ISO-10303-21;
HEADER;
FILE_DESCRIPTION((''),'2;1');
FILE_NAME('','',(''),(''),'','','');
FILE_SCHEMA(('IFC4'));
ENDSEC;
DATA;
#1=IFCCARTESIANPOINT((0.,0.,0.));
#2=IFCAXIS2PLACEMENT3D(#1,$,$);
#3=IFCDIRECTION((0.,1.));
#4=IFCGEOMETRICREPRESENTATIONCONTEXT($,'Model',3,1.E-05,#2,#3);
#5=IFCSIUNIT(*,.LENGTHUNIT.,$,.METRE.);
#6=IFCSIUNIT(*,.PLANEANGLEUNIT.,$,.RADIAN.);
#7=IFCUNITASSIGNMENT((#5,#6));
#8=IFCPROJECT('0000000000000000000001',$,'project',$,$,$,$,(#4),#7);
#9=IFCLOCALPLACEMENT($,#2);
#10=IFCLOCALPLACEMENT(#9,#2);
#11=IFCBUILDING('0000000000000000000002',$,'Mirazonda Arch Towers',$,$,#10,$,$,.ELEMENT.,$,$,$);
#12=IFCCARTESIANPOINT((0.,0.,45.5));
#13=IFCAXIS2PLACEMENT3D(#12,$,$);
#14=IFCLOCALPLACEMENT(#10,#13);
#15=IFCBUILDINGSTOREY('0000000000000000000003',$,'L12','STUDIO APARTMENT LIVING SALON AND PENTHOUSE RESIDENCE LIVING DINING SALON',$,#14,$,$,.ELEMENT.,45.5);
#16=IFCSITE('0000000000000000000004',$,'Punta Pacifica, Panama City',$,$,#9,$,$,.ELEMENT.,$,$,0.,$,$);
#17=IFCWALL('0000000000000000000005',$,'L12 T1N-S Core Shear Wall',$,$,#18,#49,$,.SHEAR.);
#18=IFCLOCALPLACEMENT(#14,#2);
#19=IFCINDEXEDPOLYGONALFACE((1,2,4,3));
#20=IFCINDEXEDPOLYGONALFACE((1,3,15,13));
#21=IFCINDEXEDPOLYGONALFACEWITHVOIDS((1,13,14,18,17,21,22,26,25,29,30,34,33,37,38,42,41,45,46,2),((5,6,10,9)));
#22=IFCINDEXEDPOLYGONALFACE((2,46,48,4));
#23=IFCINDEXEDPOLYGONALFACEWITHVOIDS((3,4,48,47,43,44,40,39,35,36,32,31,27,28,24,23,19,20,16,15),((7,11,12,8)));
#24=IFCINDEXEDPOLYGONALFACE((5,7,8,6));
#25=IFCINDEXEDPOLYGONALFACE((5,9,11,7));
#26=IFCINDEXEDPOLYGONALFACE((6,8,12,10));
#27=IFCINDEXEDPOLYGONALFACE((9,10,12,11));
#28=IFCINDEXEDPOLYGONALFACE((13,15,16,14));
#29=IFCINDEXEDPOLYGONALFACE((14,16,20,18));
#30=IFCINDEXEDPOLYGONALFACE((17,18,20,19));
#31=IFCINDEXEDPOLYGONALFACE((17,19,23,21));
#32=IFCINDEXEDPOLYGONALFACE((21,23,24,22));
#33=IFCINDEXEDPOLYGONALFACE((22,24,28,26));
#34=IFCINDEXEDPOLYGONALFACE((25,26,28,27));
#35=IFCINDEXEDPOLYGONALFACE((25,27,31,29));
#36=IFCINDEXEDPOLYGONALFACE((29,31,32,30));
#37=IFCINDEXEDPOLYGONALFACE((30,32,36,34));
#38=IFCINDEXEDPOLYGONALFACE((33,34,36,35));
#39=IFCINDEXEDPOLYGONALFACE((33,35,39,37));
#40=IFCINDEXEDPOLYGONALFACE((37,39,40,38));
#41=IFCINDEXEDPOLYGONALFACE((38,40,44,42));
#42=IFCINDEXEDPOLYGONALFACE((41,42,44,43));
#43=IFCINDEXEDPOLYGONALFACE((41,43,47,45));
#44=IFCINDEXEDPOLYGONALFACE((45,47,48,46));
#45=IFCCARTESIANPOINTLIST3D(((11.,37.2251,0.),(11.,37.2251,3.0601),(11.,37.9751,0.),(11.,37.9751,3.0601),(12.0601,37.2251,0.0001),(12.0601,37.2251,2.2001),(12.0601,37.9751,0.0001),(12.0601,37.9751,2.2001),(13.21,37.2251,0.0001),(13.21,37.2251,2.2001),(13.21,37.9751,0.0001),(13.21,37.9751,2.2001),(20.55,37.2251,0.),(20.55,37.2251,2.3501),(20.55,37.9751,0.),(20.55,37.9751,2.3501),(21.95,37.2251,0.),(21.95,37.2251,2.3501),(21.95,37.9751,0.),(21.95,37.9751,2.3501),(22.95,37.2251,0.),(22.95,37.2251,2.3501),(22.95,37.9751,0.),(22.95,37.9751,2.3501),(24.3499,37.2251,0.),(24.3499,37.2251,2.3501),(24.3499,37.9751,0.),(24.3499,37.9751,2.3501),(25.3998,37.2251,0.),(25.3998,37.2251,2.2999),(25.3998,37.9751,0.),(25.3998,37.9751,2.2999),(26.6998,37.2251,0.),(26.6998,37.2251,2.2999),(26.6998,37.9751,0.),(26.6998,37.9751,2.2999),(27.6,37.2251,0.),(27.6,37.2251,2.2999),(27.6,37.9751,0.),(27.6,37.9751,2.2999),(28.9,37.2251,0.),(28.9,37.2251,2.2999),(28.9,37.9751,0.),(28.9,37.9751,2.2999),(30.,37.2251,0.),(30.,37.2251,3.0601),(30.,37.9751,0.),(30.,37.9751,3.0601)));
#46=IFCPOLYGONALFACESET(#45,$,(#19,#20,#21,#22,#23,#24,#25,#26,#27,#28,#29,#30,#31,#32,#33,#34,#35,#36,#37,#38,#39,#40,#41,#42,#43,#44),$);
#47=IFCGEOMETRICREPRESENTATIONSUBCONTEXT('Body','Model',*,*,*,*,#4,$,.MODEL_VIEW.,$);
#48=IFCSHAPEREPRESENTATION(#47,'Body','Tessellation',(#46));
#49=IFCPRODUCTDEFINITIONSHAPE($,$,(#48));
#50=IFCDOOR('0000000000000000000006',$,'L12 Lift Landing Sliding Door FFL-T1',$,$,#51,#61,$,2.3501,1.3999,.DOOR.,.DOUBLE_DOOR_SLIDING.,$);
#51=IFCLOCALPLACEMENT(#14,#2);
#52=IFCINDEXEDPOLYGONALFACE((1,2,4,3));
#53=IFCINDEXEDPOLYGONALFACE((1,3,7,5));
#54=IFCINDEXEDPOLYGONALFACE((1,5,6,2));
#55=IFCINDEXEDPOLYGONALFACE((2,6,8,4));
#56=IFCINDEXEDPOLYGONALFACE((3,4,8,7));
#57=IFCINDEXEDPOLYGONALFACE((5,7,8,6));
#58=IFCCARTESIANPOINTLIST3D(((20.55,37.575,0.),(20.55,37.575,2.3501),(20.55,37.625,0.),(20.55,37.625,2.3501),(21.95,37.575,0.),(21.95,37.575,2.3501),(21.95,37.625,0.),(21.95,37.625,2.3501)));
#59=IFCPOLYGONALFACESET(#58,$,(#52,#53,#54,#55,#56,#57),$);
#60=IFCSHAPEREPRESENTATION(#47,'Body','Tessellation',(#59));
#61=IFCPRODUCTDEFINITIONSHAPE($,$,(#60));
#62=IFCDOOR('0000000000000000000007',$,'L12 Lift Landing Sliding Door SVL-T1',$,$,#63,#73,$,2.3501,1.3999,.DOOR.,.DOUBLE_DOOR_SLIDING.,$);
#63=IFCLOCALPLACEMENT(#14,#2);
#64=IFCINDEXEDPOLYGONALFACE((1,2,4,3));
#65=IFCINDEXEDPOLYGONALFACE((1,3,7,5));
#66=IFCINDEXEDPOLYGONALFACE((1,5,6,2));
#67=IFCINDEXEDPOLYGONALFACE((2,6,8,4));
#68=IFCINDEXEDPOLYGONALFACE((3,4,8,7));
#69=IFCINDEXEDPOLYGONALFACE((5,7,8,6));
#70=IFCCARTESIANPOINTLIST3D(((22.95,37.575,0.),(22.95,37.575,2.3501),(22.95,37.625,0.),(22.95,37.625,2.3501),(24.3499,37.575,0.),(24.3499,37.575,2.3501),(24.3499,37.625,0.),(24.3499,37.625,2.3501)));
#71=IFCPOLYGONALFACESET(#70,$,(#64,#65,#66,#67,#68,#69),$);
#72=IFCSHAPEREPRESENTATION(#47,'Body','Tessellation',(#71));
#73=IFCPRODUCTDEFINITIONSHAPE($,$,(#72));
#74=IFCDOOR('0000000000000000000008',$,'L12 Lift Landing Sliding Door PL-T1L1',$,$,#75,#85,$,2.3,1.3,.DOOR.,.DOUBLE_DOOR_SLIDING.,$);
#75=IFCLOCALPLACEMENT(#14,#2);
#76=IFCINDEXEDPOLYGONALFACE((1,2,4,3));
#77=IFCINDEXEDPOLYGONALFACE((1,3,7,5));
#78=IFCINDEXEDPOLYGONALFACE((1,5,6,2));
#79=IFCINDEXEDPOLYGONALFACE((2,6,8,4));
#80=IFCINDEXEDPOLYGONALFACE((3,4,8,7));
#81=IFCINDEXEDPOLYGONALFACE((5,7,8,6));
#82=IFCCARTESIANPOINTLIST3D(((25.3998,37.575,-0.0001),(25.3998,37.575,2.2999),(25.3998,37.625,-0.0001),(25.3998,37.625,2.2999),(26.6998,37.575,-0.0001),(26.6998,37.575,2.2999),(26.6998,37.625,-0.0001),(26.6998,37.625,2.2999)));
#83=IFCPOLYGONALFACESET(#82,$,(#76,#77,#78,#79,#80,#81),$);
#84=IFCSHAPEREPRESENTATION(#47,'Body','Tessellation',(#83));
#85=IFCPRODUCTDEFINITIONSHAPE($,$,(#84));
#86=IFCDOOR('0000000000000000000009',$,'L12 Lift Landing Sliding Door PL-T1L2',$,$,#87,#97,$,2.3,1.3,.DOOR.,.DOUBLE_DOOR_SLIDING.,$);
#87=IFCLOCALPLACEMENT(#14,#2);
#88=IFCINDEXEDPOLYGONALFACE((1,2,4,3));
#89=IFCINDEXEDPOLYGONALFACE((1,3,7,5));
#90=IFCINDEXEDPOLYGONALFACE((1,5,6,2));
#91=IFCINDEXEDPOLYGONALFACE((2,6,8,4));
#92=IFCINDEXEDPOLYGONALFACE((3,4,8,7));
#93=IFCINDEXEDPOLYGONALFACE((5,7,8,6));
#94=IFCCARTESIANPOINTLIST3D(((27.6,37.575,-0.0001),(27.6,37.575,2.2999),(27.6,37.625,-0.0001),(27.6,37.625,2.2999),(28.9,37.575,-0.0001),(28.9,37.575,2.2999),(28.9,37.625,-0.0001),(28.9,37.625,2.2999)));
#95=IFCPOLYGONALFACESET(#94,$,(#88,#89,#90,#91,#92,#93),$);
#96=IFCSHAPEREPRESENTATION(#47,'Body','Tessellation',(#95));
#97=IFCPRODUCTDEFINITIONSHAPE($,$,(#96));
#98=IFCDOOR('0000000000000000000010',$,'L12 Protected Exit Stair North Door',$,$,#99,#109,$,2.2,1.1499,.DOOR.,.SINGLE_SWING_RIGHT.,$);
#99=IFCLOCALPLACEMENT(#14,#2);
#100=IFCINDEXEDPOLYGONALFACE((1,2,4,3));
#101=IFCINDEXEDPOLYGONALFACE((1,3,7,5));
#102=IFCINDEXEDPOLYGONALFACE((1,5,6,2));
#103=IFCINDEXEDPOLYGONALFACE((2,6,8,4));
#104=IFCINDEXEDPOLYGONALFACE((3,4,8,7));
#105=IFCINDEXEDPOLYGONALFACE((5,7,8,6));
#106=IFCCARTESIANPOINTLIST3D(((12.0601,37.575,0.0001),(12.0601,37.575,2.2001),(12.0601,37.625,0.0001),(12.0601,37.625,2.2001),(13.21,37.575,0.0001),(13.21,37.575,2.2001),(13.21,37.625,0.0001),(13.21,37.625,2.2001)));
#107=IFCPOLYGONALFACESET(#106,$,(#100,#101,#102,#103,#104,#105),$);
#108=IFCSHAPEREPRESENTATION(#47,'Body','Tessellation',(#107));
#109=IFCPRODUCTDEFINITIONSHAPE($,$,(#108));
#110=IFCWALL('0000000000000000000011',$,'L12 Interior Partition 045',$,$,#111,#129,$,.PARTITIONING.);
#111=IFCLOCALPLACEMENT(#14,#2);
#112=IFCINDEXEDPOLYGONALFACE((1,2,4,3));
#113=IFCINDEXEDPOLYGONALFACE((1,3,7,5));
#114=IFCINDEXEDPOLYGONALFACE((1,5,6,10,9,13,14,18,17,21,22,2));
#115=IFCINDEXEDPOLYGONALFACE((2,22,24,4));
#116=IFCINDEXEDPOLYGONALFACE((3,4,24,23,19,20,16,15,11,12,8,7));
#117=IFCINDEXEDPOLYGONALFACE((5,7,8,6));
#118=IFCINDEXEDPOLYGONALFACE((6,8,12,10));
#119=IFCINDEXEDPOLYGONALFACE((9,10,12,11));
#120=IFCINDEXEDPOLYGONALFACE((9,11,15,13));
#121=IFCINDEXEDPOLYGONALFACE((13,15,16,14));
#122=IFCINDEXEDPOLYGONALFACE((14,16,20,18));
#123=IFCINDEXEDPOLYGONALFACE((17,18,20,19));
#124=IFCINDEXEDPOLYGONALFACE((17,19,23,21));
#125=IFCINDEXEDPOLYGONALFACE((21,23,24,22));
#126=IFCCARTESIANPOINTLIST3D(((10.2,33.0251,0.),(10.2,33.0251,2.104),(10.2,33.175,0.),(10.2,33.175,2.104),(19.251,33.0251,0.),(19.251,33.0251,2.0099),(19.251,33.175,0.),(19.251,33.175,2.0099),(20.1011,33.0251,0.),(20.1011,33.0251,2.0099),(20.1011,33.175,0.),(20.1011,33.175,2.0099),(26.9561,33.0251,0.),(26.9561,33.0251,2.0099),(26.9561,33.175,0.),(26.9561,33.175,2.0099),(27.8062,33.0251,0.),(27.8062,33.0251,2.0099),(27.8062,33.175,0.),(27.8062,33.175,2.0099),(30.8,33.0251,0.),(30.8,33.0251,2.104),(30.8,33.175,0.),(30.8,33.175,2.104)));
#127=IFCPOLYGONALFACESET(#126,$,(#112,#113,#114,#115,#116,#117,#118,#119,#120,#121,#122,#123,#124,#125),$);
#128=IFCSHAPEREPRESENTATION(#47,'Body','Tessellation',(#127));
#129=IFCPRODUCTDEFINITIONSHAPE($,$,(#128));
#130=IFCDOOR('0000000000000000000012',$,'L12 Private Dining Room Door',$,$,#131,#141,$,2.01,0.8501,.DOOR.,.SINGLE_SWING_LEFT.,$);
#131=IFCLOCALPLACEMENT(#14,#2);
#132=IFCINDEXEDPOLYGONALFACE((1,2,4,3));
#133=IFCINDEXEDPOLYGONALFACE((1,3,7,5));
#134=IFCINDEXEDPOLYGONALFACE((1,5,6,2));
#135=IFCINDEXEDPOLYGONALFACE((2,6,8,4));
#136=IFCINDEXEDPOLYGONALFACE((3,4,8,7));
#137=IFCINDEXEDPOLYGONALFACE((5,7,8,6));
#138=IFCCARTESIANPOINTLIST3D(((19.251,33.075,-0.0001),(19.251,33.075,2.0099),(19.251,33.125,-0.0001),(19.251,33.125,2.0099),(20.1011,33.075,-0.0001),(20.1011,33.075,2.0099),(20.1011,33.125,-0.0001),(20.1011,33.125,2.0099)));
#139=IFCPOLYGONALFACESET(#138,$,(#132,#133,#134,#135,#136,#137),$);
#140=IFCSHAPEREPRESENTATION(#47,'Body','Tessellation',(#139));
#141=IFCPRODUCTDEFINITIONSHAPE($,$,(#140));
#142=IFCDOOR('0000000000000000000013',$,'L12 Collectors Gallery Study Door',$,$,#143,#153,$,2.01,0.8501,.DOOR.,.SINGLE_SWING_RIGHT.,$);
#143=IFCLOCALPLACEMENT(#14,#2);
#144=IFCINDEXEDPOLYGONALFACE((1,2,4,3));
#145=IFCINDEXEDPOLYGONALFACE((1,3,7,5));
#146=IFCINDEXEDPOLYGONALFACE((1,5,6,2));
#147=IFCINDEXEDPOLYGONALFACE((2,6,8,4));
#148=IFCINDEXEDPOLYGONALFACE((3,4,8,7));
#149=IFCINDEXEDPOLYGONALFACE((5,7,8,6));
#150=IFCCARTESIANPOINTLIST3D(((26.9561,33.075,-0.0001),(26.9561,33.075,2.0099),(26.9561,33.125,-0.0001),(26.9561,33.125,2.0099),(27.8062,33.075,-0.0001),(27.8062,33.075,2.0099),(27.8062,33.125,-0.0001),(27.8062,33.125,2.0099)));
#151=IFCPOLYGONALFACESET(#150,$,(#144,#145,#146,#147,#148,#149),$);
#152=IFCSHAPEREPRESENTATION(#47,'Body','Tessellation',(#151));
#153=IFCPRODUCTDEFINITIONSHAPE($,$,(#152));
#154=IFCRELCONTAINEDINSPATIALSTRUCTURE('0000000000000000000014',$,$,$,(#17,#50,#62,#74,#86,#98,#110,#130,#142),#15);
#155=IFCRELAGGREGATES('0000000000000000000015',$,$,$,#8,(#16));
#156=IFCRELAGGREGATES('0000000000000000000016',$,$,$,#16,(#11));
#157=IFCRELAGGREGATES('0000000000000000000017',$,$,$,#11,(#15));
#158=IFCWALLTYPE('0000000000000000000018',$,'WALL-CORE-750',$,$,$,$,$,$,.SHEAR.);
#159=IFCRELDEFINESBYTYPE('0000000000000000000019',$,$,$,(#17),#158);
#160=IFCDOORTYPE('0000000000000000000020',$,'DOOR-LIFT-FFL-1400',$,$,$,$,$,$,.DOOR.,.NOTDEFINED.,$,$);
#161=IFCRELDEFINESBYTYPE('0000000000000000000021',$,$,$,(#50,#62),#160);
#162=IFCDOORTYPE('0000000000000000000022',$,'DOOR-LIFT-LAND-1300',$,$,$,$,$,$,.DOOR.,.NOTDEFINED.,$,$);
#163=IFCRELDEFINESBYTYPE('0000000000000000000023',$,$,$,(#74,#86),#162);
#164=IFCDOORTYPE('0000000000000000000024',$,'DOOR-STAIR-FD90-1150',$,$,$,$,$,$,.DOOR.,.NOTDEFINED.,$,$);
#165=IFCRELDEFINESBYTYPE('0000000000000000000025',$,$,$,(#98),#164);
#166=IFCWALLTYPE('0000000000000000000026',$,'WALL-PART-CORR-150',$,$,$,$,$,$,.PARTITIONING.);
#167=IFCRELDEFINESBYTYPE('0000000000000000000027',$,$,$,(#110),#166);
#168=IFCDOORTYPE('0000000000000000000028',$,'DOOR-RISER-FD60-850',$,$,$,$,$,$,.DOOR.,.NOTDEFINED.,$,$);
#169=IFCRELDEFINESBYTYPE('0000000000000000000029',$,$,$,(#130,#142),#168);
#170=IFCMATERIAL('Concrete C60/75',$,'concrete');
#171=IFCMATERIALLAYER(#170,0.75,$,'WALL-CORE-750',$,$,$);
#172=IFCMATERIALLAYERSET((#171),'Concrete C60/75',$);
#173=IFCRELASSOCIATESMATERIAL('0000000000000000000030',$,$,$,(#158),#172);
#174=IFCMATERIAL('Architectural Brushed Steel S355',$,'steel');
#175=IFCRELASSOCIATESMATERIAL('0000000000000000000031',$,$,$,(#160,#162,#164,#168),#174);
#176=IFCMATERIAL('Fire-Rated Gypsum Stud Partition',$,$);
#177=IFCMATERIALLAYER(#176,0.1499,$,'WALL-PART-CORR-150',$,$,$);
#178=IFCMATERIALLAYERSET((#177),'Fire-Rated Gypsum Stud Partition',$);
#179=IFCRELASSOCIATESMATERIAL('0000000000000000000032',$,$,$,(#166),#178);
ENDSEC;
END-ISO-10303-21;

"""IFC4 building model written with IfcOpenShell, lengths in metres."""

from ifc_helpers import new_model, si_unit, direction, frame, frame_2d, origin, place, context, subcontext, project, spatial, rectangle, extrude, material, layer, layer_set, type_object, element, fill, save


model = new_model("IFC4")

# Units and contexts
model_context = context("Model", 3, precision=1e-05, world=origin(), true_north=direction((0.0, 1.0)))
body_context = subcontext(model_context, "Body", "Model", "MODEL_VIEW")
ifc_project = project(units=[si_unit("LENGTHUNIT", "METRE"), si_unit("PLANEANGLEUNIT", "RADIAN")], contexts=[model_context])

# Site, building, storey
site_placement = place(None, origin())
site = spatial("IfcSite", under=ifc_project, at=site_placement, Name="Punta Pacifica, Panama City", CompositionType="ELEMENT", RefElevation=0.0)
building_placement = place(site_placement, origin())
building = spatial("IfcBuilding", under=site, at=building_placement, Name="Mirazonda Arch Towers", CompositionType="ELEMENT")
storey_placement = place(building_placement, frame((0.0, 0.0, 45.5)))
storey = spatial("IfcBuildingStorey", under=building, at=storey_placement, Name="L12", Description="STUDIO APARTMENT LIVING SALON AND PENTHOUSE RESIDENCE LIVING DINING SALON", CompositionType="ELEMENT", Elevation=45.5)

# Shared definitions
ifc_material_1 = material(Name="Concrete C60/75", Category="concrete")

# Shared definitions
ifc_layer_1 = layer(ifc_material_1, 0.75, Name="WALL-CORE-750")
ifc_layer_set_1 = layer_set([ifc_layer_1], Name="Concrete C60/75")
wall_type_1 = type_object("IfcWallType", Name="WALL-CORE-750", PredefinedType="SHEAR", material=ifc_layer_set_1)

# Walls, openings, doors
wall_1_placement = place(storey_placement, frame((11.0, 37.6001, 0.0), z_axis=(0.0, 0.0, 1.0), x_axis=(1.0, 0.0, 0.0)))
wall_1 = element("IfcWall", 1, at=wall_1_placement, inside=storey, type_object=wall_type_1, Name="L12 T1N-S Core Shear Wall", PredefinedType="SHEAR", context=body_context, shape_type="SweptSolid", body=[
    extrude(rectangle(XDim=19.0, YDim=0.75, at=frame_2d((9.5, 0.0))), origin(), (0.0, 0.0, 1.0), 3.0601),
])
opening_1_placement = place(wall_1_placement, frame((1.0601, 0.0, 0.0)))
opening_1 = element("IfcOpeningElement", 2, at=opening_1_placement, cuts=wall_1, PredefinedType="OPENING", context=body_context, shape_type="SweptSolid", body=[
    extrude(rectangle(XDim=1.1499, YDim=2.2, at=frame_2d((0.575, 1.1001))), frame((0.0, 0.385, 0.0), z_axis=(0.0, -1.0, 0.0), x_axis=(1.0, 0.0, 0.0)), (0.0, 0.0, 1.0), 0.77),
])
opening_2_placement = place(wall_1_placement, frame((9.55, 0.0, 0.0)))
opening_2 = element("IfcOpeningElement", 3, at=opening_2_placement, cuts=wall_1, PredefinedType="OPENING", context=body_context, shape_type="SweptSolid", body=[
    extrude(rectangle(XDim=1.3999, YDim=2.3501, at=frame_2d((0.7, 1.175))), frame((0.0, 0.385, 0.0), z_axis=(0.0, -1.0, 0.0), x_axis=(1.0, 0.0, 0.0)), (0.0, 0.0, 1.0), 0.77),
])
opening_3_placement = place(wall_1_placement, frame((11.95, 0.0, 0.0)))
opening_3 = element("IfcOpeningElement", 4, at=opening_3_placement, cuts=wall_1, PredefinedType="OPENING", context=body_context, shape_type="SweptSolid", body=[
    extrude(rectangle(XDim=1.3999, YDim=2.3501, at=frame_2d((0.7, 1.175))), frame((0.0, 0.385, 0.0), z_axis=(0.0, -1.0, 0.0), x_axis=(1.0, 0.0, 0.0)), (0.0, 0.0, 1.0), 0.77),
])
opening_4_placement = place(wall_1_placement, frame((14.3999, 0.0, 0.0)))
opening_4 = element("IfcOpeningElement", 5, at=opening_4_placement, cuts=wall_1, PredefinedType="OPENING", context=body_context, shape_type="SweptSolid", body=[
    extrude(rectangle(XDim=1.3, YDim=2.3, at=frame_2d((0.6499, 1.1499))), frame((0.0, 0.385, 0.0), z_axis=(0.0, -1.0, 0.0), x_axis=(1.0, 0.0, 0.0)), (0.0, 0.0, 1.0), 0.77),
])
opening_5_placement = place(wall_1_placement, frame((16.6001, 0.0, 0.0)))
opening_5 = element("IfcOpeningElement", 6, at=opening_5_placement, cuts=wall_1, PredefinedType="OPENING", context=body_context, shape_type="SweptSolid", body=[
    extrude(rectangle(XDim=1.3, YDim=2.3, at=frame_2d((0.6499, 1.1499))), frame((0.0, 0.385, 0.0), z_axis=(0.0, -1.0, 0.0), x_axis=(1.0, 0.0, 0.0)), (0.0, 0.0, 1.0), 0.77),
])
ifc_material_2 = material(Name="Architectural Brushed Steel S355", Category="steel")
door_type_1 = type_object("IfcDoorType", Name="DOOR-LIFT-FFL-1400", OperationType="NOTDEFINED", PredefinedType="DOOR", material=ifc_material_2)
door_1_placement = place(opening_2_placement, origin())
door_1 = element("IfcDoor", 7, at=door_1_placement, inside=storey, type_object=door_type_1, Name="L12 Lift Landing Sliding Door FFL-T1", OperationType="DOUBLE_DOOR_SLIDING", OverallHeight=2.3501, OverallWidth=1.3999, PredefinedType="DOOR", context=body_context, shape_type="SweptSolid", body=[
    extrude(rectangle(XDim=1.3999, YDim=2.3501, at=frame_2d((0.7, 1.175))), frame((0.0, 0.0249, 0.0), z_axis=(0.0, -1.0, 0.0), x_axis=(1.0, 0.0, 0.0)), (0.0, 0.0, 1.0), 0.05),
])
fill(opening_2, door_1)
door_2_placement = place(opening_3_placement, origin())
door_2 = element("IfcDoor", 8, at=door_2_placement, inside=storey, type_object=door_type_1, Name="L12 Lift Landing Sliding Door SVL-T1", OperationType="DOUBLE_DOOR_SLIDING", OverallHeight=2.3501, OverallWidth=1.3999, PredefinedType="DOOR", context=body_context, shape_type="SweptSolid", body=[
    extrude(rectangle(XDim=1.3999, YDim=2.3501, at=frame_2d((0.7, 1.175))), frame((0.0, 0.0249, 0.0), z_axis=(0.0, -1.0, 0.0), x_axis=(1.0, 0.0, 0.0)), (0.0, 0.0, 1.0), 0.05),
])
fill(opening_3, door_2)
door_type_2 = type_object("IfcDoorType", Name="DOOR-LIFT-LAND-1300", OperationType="NOTDEFINED", PredefinedType="DOOR", material=ifc_material_2)
door_3_placement = place(opening_4_placement, origin())
door_3 = element("IfcDoor", 9, at=door_3_placement, inside=storey, type_object=door_type_2, Name="L12 Lift Landing Sliding Door PL-T1L1", OperationType="DOUBLE_DOOR_SLIDING", OverallHeight=2.3, OverallWidth=1.3, PredefinedType="DOOR", context=body_context, shape_type="SweptSolid", body=[
    extrude(rectangle(XDim=1.3, YDim=2.3, at=frame_2d((0.6499, 1.1499))), frame((0.0, 0.0249, 0.0), z_axis=(0.0, -1.0, 0.0), x_axis=(1.0, 0.0, 0.0)), (0.0, 0.0, 1.0), 0.05),
])
fill(opening_4, door_3)
door_4_placement = place(opening_5_placement, origin())
door_4 = element("IfcDoor", 10, at=door_4_placement, inside=storey, type_object=door_type_2, Name="L12 Lift Landing Sliding Door PL-T1L2", OperationType="DOUBLE_DOOR_SLIDING", OverallHeight=2.3, OverallWidth=1.3, PredefinedType="DOOR", context=body_context, shape_type="SweptSolid", body=[
    extrude(rectangle(XDim=1.3, YDim=2.3, at=frame_2d((0.6499, 1.1499))), frame((0.0, 0.0249, 0.0), z_axis=(0.0, -1.0, 0.0), x_axis=(1.0, 0.0, 0.0)), (0.0, 0.0, 1.0), 0.05),
])
fill(opening_5, door_4)
door_type_3 = type_object("IfcDoorType", Name="DOOR-STAIR-FD90-1150", OperationType="NOTDEFINED", PredefinedType="DOOR", material=ifc_material_2)
door_5_placement = place(opening_1_placement, origin())
door_5 = element("IfcDoor", 11, at=door_5_placement, inside=storey, type_object=door_type_3, Name="L12 Protected Exit Stair North Door", OperationType="SINGLE_SWING_RIGHT", OverallHeight=2.2, OverallWidth=1.1499, PredefinedType="DOOR", context=body_context, shape_type="SweptSolid", body=[
    extrude(rectangle(XDim=1.1499, YDim=2.2, at=frame_2d((0.575, 1.1001))), frame((0.0, 0.0249, 0.0), z_axis=(0.0, -1.0, 0.0), x_axis=(1.0, 0.0, 0.0)), (0.0, 0.0, 1.0), 0.05),
])
fill(opening_1, door_5)
ifc_material_3 = material(Name="Fire-Rated Gypsum Stud Partition")
ifc_layer_2 = layer(ifc_material_3, 0.1499, Name="WALL-PART-CORR-150")
ifc_layer_set_2 = layer_set([ifc_layer_2], Name="Fire-Rated Gypsum Stud Partition")
wall_type_2 = type_object("IfcWallType", Name="WALL-PART-CORR-150", PredefinedType="PARTITIONING", material=ifc_layer_set_2)
wall_2_placement = place(storey_placement, frame((10.2, 33.1001, 0.0), z_axis=(0.0, 0.0, 1.0), x_axis=(1.0, 0.0, 0.0)))
wall_2 = element("IfcWall", 12, at=wall_2_placement, inside=storey, type_object=wall_type_2, Name="L12 Interior Partition 045", PredefinedType="PARTITIONING", context=body_context, shape_type="SweptSolid", body=[
    extrude(rectangle(XDim=20.6001, YDim=0.1499, at=frame_2d((10.3, 0.0))), origin(), (0.0, 0.0, 1.0), 2.104),
])
opening_6_placement = place(wall_2_placement, frame((9.051, 0.0, 0.0)))
opening_6 = element("IfcOpeningElement", 13, at=opening_6_placement, cuts=wall_2, PredefinedType="OPENING", context=body_context, shape_type="SweptSolid", body=[
    extrude(rectangle(XDim=0.8501, YDim=2.01, at=frame_2d((0.425, 1.0049))), frame((0.0, 0.085, 0.0), z_axis=(0.0, -1.0, 0.0), x_axis=(1.0, 0.0, 0.0)), (0.0, 0.0, 1.0), 0.1699),
])
opening_7_placement = place(wall_2_placement, frame((16.7561, 0.0, 0.0)))
opening_7 = element("IfcOpeningElement", 14, at=opening_7_placement, cuts=wall_2, PredefinedType="OPENING", context=body_context, shape_type="SweptSolid", body=[
    extrude(rectangle(XDim=0.8501, YDim=2.01, at=frame_2d((0.425, 1.0049))), frame((0.0, 0.085, 0.0), z_axis=(0.0, -1.0, 0.0), x_axis=(1.0, 0.0, 0.0)), (0.0, 0.0, 1.0), 0.1699),
])
door_type_4 = type_object("IfcDoorType", Name="DOOR-RISER-FD60-850", OperationType="NOTDEFINED", PredefinedType="DOOR", material=ifc_material_2)
door_6_placement = place(opening_6_placement, origin())
door_6 = element("IfcDoor", 15, at=door_6_placement, inside=storey, type_object=door_type_4, Name="L12 Private Dining Room Door", OperationType="SINGLE_SWING_LEFT", OverallHeight=2.01, OverallWidth=0.8501, PredefinedType="DOOR", context=body_context, shape_type="SweptSolid", body=[
    extrude(rectangle(XDim=0.8501, YDim=2.01, at=frame_2d((0.425, 1.0049))), frame((0.0, 0.0249, 0.0), z_axis=(0.0, -1.0, 0.0), x_axis=(1.0, 0.0, 0.0)), (0.0, 0.0, 1.0), 0.05),
])
fill(opening_6, door_6)
door_7_placement = place(opening_7_placement, origin())
door_7 = element("IfcDoor", 16, at=door_7_placement, inside=storey, type_object=door_type_4, Name="L12 Collectors Gallery Study Door", OperationType="SINGLE_SWING_RIGHT", OverallHeight=2.01, OverallWidth=0.8501, PredefinedType="DOOR", context=body_context, shape_type="SweptSolid", body=[
    extrude(rectangle(XDim=0.8501, YDim=2.01, at=frame_2d((0.425, 1.0049))), frame((0.0, 0.0249, 0.0), z_axis=(0.0, -1.0, 0.0), x_axis=(1.0, 0.0, 0.0)), (0.0, 0.0, 1.0), 0.05),
])
fill(opening_7, door_7)

save(model, "model.ifc")
